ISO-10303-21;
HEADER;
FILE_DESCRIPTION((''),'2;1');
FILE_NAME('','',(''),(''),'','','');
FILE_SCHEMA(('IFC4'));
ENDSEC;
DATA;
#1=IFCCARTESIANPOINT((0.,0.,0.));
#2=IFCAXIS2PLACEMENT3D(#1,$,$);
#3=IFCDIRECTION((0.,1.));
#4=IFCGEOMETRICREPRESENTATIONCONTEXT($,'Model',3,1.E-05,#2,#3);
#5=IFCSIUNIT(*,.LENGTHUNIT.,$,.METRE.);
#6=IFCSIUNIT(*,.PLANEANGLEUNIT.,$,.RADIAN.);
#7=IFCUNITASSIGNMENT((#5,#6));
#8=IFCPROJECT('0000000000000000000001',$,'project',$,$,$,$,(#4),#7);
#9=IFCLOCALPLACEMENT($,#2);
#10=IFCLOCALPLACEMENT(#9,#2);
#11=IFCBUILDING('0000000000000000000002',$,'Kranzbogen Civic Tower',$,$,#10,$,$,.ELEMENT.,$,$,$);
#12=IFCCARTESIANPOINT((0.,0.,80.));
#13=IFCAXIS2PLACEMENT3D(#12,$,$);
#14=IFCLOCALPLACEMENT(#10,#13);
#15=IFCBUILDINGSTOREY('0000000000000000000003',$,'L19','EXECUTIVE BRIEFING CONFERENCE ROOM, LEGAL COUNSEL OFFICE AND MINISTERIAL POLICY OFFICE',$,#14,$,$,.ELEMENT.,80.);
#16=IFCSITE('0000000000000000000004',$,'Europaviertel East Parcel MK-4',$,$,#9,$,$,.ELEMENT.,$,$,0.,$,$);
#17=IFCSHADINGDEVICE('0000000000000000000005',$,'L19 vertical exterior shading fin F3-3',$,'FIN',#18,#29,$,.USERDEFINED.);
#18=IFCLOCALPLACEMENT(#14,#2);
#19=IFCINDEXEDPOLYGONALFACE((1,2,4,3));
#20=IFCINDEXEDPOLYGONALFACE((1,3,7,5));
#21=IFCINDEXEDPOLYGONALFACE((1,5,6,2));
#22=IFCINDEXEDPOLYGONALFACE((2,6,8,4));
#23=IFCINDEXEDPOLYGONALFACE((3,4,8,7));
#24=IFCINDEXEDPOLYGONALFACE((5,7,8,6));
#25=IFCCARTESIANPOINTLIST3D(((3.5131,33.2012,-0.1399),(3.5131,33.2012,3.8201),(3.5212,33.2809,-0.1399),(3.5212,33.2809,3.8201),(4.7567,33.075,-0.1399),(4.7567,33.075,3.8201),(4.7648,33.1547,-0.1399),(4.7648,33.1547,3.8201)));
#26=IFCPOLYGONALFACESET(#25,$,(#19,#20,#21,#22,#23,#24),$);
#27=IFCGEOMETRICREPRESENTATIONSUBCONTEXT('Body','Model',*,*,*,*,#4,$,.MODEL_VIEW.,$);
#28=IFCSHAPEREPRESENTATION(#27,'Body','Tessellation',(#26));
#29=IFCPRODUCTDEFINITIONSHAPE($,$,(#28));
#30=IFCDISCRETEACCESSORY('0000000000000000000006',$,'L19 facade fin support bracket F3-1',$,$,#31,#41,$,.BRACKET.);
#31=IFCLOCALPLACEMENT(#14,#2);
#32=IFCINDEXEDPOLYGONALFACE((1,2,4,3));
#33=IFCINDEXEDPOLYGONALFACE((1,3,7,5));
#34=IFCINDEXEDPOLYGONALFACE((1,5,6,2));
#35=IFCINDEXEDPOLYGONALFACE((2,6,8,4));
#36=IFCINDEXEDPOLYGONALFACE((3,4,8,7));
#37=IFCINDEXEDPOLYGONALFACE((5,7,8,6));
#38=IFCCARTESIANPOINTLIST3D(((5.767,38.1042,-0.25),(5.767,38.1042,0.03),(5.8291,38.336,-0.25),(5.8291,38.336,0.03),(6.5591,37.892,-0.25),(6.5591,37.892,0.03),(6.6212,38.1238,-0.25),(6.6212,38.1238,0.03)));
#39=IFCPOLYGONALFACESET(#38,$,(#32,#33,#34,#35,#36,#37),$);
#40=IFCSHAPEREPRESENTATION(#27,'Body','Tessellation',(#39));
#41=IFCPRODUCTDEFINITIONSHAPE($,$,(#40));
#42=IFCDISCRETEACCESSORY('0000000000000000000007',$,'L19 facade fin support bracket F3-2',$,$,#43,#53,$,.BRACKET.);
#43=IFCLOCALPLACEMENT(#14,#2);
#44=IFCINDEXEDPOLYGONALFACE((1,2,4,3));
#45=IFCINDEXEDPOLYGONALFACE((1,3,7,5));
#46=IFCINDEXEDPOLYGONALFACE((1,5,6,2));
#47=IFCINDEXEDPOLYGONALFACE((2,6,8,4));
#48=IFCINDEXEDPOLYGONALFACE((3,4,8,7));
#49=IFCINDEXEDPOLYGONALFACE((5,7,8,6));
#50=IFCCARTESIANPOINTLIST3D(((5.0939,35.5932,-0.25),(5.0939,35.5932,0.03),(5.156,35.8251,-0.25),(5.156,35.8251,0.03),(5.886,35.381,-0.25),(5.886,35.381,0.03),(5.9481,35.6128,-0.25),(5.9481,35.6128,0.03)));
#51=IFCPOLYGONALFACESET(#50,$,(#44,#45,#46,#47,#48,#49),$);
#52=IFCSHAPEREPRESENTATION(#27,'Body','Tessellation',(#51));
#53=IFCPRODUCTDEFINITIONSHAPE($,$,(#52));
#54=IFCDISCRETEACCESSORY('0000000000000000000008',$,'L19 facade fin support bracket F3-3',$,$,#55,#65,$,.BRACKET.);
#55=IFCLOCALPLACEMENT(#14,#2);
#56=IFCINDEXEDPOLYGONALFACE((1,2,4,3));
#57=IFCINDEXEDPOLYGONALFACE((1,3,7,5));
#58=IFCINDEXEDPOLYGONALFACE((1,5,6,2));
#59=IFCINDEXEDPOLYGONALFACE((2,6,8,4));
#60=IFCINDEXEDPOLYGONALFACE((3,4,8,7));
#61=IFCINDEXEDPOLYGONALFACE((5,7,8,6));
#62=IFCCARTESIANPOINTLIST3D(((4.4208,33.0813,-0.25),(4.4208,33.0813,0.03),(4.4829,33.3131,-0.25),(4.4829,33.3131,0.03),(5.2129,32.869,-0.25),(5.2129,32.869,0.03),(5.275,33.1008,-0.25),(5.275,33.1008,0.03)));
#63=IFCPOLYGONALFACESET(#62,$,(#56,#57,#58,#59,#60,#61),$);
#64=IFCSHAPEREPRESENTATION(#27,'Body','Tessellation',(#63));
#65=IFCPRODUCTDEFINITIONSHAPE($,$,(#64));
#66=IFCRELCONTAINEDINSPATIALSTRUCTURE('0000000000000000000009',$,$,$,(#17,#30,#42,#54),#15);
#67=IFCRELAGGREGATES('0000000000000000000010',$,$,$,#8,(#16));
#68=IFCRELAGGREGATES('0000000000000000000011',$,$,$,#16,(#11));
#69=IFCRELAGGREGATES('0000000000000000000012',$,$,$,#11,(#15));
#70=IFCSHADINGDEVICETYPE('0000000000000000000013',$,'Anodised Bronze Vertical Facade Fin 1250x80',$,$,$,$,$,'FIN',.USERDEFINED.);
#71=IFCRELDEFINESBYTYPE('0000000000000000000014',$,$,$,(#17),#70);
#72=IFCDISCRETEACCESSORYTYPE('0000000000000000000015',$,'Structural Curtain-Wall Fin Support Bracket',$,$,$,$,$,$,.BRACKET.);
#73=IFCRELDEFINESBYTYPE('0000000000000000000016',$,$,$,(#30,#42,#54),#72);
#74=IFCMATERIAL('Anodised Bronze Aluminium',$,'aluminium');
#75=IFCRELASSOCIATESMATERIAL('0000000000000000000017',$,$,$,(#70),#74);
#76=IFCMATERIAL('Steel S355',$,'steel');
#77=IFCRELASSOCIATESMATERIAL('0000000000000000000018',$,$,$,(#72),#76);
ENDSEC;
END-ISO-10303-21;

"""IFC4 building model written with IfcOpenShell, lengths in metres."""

from ifc_helpers import new_model, si_unit, direction, frame, origin, origin_2d, place, context, subcontext, project, spatial, rectangle, extrude, material, type_object, element, save


model = new_model("IFC4")

# Units and contexts
model_context = context("Model", 3, precision=1e-05, world=origin(), true_north=direction((0.0, 1.0)))
body_context = subcontext(model_context, "Body", "Model", "MODEL_VIEW")
ifc_project = project(units=[si_unit("LENGTHUNIT", "METRE"), si_unit("PLANEANGLEUNIT", "RADIAN")], contexts=[model_context])

# Site, building, storey
site_placement = place(None, origin())
site = spatial("IfcSite", under=ifc_project, at=site_placement, Name="Europaviertel East Parcel MK-4", CompositionType="ELEMENT", RefElevation=0.0)
building_placement = place(site_placement, origin())
building = spatial("IfcBuilding", under=site, at=building_placement, Name="Kranzbogen Civic Tower", CompositionType="ELEMENT")
storey_placement = place(building_placement, frame((0.0, 0.0, 80.0)))
storey = spatial("IfcBuildingStorey", under=building, at=storey_placement, Name="L19", Description="EXECUTIVE BRIEFING CONFERENCE ROOM, LEGAL COUNSEL OFFICE AND MINISTERIAL POLICY OFFICE", CompositionType="ELEMENT", Elevation=80.0)

# Shared definitions
ifc_material_1 = material(Name="Steel S355", Category="steel")

# Shading device
ifc_material_2 = material(Name="Anodised Bronze Aluminium", Category="aluminium")
shading_device_type = type_object("IfcShadingDeviceType", Name="Anodised Bronze Vertical Facade Fin 1250x80", ElementType="FIN", PredefinedType="USERDEFINED", material=ifc_material_2)
for number, where, z_axis, x_axis, name in (
    (1, (4.1389, 33.178, -0.1399), (0.0, 0.0, 1.0), (-0.99489, 0.100969, 0.0), "L19 vertical exterior shading fin F3-3"),
):
    element("IfcShadingDevice", number, at=place(storey_placement, frame(where, z_axis=z_axis, x_axis=x_axis)), inside=storey, type_object=shading_device_type, Name=name, ObjectType="FIN", PredefinedType="USERDEFINED", context=body_context, shape_type="SweptSolid", body=[
        extrude(rectangle(XDim=1.25, YDim=0.0801, at=origin_2d()), origin(), (0.0, 0.0, 1.0), 3.96),
    ])

# Discrete accessories
discrete_accessory_type = type_object("IfcDiscreteAccessoryType", Name="Structural Curtain-Wall Fin Support Bracket", PredefinedType="BRACKET", material=ifc_material_1)
for number, where, z_axis, x_axis, name in (
    (2, (6.1941, 38.114, -0.25), (0.0, 0.0, 1.0), (-0.965926, 0.258819, 0.0), "L19 facade fin support bracket F3-1"),
    (3, (5.521, 35.603, -0.25), (0.0, 0.0, 1.0), (-0.965926, 0.258819, 0.0), "L19 facade fin support bracket F3-2"),
    (4, (4.8479, 33.0911, -0.25), (0.0, 0.0, 1.0), (-0.965926, 0.258819, 0.0), "L19 facade fin support bracket F3-3"),
):
    element("IfcDiscreteAccessory", number, at=place(storey_placement, frame(where, z_axis=z_axis, x_axis=x_axis)), inside=storey, type_object=discrete_accessory_type, Name=name, PredefinedType="BRACKET", context=body_context, shape_type="SweptSolid", body=[
        extrude(rectangle(XDim=0.8201, YDim=0.24, at=origin_2d()), origin(), (0.0, 0.0, 1.0), 0.28),
    ])

save(model, "model.ifc")
